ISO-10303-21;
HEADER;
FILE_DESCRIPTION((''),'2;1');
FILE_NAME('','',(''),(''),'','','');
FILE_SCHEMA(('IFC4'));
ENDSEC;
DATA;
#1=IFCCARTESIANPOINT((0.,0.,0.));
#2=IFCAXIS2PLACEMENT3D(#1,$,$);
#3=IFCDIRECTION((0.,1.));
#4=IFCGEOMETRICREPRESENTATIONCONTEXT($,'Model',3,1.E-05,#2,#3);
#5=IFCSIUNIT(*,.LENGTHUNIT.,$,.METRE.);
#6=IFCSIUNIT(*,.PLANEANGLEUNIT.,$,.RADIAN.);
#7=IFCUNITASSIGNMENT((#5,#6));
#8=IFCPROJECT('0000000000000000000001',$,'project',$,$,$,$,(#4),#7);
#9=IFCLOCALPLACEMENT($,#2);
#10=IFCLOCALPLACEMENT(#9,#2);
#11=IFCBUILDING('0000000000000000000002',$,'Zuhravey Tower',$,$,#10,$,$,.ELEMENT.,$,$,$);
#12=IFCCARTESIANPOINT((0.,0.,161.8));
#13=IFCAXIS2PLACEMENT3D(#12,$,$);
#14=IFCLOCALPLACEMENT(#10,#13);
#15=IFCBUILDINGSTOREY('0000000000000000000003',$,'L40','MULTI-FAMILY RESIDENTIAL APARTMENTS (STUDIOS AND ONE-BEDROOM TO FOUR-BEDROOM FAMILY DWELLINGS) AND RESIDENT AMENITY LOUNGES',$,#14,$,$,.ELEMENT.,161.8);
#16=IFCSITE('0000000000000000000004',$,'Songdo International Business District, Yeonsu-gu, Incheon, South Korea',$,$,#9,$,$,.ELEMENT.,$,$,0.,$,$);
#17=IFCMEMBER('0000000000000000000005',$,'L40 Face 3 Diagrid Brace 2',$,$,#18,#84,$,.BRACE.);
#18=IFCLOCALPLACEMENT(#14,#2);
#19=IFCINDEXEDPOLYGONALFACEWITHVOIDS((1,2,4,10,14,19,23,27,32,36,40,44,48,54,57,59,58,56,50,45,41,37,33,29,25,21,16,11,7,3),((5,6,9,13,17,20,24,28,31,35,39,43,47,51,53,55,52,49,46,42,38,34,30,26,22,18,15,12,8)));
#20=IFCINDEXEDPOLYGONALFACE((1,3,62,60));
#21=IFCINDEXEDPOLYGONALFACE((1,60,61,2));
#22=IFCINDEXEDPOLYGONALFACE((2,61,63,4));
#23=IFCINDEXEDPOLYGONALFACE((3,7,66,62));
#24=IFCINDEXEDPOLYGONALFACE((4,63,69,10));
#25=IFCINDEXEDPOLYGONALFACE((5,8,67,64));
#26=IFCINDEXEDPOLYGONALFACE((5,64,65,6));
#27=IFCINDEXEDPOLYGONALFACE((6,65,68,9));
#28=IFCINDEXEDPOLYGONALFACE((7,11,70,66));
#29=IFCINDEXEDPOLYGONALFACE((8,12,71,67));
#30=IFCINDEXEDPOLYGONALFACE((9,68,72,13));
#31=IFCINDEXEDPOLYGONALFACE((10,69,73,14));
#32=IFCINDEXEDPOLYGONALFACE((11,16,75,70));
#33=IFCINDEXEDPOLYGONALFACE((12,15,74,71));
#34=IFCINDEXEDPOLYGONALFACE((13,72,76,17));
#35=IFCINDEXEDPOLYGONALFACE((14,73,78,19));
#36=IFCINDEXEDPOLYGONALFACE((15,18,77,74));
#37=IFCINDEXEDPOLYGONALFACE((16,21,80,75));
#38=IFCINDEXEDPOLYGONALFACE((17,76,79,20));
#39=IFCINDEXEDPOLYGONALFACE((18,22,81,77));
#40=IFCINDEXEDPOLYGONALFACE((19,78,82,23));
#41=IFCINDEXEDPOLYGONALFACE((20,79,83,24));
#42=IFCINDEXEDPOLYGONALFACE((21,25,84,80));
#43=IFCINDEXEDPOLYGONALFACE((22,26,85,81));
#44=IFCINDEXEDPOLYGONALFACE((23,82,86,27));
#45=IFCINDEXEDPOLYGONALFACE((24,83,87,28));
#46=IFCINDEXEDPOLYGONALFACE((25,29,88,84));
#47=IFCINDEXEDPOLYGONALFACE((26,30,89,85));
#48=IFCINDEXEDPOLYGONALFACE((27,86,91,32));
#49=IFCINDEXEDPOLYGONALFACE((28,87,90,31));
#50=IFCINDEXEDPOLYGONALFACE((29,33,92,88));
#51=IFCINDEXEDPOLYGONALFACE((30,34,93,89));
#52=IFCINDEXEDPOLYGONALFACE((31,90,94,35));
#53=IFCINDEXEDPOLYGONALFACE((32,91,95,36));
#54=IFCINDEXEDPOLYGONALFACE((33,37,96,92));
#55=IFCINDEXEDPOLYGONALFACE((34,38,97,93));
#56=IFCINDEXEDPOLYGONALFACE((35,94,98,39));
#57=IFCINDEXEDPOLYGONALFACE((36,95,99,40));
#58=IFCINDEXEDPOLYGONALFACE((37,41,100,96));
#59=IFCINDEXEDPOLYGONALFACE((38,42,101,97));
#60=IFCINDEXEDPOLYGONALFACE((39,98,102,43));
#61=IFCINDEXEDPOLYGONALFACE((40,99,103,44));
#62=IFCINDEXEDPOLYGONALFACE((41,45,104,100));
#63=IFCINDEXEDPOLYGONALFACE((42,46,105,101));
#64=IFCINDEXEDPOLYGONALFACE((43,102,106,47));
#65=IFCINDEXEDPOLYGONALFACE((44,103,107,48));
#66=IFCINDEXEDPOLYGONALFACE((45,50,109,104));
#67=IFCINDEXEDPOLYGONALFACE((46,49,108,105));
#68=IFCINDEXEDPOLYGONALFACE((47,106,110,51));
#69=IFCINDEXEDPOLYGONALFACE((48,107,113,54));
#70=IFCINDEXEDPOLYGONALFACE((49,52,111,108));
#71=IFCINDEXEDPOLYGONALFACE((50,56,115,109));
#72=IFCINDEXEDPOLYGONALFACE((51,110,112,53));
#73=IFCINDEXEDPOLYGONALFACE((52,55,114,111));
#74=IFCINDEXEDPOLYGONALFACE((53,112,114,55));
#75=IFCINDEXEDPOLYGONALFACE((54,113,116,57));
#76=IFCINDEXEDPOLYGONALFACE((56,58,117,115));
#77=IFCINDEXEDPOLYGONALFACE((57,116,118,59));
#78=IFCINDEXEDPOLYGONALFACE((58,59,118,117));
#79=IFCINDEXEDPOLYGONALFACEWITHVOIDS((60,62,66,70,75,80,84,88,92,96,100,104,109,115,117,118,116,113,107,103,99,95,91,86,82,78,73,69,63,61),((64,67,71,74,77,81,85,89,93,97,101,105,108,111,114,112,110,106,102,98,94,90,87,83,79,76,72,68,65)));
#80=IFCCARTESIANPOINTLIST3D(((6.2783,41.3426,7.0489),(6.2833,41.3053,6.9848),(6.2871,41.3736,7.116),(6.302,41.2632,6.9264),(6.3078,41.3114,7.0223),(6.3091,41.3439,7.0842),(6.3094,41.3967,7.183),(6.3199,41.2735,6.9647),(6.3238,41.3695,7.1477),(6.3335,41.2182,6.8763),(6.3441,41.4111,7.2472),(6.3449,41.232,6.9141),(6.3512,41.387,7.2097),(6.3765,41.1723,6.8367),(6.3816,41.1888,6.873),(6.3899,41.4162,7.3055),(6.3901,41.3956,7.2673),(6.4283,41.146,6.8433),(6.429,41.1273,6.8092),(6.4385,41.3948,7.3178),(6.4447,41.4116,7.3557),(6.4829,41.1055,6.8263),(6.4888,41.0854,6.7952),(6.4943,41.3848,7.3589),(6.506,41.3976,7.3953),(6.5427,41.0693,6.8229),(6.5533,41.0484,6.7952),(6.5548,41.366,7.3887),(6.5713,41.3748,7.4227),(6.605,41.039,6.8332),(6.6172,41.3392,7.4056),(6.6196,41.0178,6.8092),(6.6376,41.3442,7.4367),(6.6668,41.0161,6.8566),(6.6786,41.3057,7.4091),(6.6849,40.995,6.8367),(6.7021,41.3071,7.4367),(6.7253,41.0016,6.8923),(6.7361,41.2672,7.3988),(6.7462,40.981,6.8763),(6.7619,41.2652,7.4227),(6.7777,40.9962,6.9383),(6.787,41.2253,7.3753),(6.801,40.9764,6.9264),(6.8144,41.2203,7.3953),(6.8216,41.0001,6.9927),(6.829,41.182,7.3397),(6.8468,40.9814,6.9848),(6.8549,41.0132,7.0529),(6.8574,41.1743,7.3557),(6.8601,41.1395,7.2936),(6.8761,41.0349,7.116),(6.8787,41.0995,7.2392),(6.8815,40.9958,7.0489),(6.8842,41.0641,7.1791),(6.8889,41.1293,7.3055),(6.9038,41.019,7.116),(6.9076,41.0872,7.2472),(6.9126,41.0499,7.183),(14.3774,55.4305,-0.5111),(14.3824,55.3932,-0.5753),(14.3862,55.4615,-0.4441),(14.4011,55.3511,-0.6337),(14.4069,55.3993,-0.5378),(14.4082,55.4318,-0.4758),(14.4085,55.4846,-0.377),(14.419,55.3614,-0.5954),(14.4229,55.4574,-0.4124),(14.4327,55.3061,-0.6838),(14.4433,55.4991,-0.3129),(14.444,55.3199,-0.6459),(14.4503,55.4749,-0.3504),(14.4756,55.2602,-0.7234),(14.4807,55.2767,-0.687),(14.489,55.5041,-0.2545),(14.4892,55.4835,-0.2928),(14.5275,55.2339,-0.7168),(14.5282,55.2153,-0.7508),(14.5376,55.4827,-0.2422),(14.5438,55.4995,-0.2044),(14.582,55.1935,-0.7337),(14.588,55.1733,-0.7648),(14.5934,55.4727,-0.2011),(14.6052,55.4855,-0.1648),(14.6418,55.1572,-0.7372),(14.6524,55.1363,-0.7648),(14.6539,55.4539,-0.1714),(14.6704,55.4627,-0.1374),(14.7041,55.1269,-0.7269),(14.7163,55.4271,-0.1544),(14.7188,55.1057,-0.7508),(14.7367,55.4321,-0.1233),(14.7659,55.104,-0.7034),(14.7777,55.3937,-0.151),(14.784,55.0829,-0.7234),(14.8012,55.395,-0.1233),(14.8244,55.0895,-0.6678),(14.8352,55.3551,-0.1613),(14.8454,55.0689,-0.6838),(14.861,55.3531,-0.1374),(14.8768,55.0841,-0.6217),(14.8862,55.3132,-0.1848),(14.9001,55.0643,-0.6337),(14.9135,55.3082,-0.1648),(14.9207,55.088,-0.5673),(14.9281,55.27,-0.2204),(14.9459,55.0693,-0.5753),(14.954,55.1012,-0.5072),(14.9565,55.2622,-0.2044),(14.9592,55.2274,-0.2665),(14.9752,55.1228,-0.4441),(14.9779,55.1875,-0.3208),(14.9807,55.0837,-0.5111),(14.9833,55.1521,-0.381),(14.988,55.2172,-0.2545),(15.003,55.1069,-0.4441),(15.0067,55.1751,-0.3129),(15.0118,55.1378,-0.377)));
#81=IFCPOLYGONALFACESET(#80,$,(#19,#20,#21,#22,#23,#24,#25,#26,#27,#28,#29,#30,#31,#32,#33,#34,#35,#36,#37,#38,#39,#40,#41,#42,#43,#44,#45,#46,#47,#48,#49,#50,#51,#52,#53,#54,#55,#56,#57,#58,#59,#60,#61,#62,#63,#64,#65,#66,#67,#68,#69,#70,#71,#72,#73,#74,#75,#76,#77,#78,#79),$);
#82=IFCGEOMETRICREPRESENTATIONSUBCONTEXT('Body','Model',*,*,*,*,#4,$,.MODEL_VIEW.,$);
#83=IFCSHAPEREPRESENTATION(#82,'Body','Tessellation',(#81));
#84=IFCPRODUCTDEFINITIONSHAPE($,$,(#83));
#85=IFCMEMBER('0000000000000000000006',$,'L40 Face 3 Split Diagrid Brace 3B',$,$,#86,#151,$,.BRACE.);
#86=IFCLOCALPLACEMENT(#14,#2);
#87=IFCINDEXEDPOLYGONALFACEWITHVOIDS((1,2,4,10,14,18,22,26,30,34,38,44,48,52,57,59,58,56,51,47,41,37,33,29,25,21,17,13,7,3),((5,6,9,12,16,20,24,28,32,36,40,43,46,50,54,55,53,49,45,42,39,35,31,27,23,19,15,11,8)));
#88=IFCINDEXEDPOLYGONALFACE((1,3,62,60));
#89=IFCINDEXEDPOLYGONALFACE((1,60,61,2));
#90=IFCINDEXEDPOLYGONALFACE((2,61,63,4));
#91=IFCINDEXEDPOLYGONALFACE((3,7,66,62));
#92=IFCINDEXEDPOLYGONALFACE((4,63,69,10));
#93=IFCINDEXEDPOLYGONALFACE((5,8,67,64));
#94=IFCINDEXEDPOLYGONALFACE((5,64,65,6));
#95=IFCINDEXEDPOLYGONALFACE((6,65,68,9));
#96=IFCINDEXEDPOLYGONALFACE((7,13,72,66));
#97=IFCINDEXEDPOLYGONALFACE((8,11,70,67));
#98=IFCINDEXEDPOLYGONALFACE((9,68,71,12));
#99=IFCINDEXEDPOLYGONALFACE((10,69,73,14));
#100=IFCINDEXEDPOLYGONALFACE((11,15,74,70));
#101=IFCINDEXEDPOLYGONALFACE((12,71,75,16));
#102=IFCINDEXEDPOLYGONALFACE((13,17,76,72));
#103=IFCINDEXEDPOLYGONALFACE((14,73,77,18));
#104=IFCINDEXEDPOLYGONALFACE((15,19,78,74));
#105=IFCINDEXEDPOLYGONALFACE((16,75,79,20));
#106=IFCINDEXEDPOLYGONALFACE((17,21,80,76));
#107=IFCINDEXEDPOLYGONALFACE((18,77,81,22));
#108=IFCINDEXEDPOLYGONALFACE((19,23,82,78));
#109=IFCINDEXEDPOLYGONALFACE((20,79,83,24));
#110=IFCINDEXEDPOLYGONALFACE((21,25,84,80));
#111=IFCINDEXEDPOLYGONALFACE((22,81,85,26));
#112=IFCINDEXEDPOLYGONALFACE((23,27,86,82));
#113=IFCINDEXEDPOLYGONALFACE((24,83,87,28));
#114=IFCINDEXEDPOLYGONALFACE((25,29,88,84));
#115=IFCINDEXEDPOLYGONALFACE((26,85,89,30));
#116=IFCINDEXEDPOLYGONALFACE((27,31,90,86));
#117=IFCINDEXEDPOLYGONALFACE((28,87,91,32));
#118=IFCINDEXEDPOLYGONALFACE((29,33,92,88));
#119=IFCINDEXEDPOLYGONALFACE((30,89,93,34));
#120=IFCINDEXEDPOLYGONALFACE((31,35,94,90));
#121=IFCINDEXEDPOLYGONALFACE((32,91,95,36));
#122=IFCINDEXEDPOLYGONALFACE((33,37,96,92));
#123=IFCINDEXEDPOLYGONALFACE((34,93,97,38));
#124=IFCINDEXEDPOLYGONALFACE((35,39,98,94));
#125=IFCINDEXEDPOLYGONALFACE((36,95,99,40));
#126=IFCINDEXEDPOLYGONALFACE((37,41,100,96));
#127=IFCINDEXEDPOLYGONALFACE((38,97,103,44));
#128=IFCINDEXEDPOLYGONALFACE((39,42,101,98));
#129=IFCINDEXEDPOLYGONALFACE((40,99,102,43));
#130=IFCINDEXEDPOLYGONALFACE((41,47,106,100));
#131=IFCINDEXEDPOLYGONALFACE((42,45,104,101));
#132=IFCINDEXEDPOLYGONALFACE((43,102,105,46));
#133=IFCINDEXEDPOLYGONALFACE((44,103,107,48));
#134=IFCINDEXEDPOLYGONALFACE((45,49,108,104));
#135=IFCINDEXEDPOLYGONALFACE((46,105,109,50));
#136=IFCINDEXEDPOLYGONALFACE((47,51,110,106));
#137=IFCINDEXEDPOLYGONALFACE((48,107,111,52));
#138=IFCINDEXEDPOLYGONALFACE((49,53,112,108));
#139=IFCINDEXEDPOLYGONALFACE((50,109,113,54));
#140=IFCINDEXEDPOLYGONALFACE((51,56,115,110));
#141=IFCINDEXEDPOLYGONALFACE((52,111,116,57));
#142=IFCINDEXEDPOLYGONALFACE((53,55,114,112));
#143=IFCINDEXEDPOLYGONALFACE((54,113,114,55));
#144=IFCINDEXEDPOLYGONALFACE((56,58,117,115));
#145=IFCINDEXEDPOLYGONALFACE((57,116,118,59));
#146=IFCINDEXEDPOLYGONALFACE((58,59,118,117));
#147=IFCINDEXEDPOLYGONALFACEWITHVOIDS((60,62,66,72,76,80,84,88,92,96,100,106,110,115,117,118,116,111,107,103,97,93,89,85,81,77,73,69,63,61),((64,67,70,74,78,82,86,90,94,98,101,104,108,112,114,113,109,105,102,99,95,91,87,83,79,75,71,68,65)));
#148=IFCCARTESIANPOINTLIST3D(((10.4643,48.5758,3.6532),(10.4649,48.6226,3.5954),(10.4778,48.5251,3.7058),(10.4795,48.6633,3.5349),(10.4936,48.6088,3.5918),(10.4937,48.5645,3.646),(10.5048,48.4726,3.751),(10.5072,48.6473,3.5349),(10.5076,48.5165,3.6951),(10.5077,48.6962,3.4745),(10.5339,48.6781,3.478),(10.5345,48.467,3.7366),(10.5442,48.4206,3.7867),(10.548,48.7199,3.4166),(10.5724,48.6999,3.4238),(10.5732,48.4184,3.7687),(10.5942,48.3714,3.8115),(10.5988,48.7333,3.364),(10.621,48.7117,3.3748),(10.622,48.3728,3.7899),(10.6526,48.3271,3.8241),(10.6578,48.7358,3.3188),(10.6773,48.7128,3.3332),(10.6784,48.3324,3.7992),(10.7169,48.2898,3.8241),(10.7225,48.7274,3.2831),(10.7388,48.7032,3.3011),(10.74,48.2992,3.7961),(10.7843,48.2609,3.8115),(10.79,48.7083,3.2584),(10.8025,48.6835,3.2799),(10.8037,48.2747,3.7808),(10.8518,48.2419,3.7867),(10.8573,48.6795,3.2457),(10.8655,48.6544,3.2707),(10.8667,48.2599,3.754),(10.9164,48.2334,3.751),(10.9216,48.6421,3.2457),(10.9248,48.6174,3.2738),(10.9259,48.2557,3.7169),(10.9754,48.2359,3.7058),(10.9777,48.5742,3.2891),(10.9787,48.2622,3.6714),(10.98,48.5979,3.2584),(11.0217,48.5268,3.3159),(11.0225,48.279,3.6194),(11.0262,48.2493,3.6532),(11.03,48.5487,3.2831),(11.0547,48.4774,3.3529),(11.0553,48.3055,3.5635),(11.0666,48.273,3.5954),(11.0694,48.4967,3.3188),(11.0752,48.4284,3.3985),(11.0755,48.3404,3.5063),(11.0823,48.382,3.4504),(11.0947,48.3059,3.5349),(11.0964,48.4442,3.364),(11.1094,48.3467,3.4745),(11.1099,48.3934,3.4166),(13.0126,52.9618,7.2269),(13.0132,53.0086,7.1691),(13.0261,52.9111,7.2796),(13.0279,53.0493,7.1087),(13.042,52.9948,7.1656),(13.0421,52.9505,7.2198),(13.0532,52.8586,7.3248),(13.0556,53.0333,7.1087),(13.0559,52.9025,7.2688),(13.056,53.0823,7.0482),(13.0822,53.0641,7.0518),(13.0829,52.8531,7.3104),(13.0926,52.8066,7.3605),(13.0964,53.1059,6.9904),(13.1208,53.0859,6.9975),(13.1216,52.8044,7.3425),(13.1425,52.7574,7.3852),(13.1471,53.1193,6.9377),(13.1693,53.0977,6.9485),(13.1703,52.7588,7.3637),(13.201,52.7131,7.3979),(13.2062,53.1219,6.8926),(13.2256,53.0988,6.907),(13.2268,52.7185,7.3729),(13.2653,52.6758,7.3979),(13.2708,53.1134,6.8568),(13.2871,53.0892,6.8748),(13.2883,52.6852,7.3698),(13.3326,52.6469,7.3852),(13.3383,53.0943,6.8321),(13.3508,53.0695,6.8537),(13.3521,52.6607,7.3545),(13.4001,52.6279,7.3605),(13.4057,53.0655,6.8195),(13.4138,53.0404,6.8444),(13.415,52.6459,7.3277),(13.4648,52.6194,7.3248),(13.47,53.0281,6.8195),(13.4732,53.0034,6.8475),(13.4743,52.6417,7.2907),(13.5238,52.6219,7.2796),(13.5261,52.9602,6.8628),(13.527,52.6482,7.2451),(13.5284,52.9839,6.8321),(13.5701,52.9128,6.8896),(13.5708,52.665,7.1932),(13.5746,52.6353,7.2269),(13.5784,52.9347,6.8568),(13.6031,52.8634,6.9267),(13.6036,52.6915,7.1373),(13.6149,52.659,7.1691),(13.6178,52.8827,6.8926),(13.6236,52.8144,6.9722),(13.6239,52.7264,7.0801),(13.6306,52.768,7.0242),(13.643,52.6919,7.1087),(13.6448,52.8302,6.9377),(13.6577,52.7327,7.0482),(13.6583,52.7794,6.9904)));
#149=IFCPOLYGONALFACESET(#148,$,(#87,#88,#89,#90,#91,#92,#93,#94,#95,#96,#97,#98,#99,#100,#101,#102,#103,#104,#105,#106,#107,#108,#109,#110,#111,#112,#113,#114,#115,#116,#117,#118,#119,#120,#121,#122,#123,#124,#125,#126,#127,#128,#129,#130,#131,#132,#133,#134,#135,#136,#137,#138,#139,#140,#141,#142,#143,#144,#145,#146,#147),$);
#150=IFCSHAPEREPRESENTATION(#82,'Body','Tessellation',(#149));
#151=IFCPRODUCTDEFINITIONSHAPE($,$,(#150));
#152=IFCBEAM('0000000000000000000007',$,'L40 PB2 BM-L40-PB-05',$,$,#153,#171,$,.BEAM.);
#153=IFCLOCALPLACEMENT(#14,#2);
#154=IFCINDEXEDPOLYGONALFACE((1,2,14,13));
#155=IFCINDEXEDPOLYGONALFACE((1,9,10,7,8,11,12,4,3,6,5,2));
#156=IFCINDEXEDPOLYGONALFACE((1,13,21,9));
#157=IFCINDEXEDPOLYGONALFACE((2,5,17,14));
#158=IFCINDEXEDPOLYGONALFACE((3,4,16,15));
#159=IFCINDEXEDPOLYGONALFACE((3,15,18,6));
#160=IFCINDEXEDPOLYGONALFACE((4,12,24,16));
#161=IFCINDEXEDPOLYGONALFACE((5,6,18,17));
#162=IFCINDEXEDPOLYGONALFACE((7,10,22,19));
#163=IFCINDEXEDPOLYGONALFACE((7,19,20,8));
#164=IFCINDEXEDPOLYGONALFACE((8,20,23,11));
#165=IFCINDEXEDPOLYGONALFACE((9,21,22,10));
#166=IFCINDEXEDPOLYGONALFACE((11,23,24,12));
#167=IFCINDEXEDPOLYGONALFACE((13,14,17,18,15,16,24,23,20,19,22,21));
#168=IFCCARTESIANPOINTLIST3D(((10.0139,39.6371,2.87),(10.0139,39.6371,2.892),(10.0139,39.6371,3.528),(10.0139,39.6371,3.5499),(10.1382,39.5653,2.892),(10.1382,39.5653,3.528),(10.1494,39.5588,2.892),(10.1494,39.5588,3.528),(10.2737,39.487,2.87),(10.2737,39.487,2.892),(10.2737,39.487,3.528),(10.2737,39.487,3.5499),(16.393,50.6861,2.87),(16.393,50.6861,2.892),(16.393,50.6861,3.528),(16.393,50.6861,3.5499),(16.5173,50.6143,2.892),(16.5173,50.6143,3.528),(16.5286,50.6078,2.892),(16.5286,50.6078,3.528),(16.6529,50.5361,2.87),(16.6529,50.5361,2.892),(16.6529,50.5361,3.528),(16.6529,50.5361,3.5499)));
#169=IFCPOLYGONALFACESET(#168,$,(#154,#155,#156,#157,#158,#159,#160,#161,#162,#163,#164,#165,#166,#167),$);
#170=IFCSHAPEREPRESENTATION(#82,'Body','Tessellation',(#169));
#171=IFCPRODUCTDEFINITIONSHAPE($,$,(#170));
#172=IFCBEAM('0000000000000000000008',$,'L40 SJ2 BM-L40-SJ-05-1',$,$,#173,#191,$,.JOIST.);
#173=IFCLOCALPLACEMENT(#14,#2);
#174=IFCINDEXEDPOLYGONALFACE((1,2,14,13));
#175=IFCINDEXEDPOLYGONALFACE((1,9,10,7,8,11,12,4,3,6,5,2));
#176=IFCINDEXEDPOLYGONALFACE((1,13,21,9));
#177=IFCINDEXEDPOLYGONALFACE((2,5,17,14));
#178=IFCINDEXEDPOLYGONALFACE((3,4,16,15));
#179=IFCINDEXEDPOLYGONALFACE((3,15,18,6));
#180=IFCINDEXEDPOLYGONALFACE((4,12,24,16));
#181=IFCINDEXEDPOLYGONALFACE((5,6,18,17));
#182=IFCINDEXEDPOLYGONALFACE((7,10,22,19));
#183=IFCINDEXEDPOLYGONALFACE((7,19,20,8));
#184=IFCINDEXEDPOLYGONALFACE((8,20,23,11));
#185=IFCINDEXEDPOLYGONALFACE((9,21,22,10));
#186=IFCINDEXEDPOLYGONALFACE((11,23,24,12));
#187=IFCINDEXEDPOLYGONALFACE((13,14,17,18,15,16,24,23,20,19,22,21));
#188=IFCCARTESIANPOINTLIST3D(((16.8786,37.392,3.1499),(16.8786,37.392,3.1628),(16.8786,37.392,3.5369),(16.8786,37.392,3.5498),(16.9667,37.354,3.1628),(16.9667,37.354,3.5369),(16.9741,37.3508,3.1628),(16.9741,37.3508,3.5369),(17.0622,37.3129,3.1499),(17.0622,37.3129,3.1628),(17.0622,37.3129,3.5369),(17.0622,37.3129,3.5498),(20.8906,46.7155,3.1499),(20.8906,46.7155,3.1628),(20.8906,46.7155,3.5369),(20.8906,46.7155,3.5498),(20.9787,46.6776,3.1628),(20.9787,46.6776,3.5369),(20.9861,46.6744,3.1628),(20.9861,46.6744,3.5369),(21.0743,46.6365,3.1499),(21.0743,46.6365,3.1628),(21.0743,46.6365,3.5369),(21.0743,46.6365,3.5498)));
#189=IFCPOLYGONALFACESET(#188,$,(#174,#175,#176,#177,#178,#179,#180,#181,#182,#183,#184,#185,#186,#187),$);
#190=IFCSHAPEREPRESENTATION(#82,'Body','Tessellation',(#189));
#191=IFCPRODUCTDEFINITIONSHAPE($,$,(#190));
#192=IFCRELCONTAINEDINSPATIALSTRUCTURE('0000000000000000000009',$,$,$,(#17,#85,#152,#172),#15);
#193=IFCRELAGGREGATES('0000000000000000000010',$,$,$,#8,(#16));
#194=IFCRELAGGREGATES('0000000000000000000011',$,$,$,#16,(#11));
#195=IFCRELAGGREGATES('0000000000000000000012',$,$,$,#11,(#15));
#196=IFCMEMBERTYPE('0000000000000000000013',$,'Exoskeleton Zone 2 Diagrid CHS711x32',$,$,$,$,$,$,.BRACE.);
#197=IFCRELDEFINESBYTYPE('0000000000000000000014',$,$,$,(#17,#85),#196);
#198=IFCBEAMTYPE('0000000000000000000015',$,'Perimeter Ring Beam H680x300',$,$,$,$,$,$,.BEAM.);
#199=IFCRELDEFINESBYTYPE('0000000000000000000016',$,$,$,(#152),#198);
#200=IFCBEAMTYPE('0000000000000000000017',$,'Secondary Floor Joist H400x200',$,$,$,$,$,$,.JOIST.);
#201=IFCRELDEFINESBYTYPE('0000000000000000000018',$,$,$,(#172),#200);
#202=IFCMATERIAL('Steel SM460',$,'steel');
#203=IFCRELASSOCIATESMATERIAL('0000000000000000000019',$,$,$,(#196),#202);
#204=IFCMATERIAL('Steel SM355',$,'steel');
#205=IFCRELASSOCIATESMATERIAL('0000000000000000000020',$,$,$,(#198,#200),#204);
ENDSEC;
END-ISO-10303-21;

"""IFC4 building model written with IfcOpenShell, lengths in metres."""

from ifc_helpers import new_model, si_unit, direction, frame, origin, origin_2d, place, context, subcontext, project, spatial, hollow_circle, i_section, extrude, material, material_profile, profile_set, type_object, element, save


model = new_model("IFC4")

# Units and contexts
model_context = context("Model", 3, precision=1e-05, world=origin(), true_north=direction((0.0, 1.0)))
body_context = subcontext(model_context, "Body", "Model", "MODEL_VIEW")
ifc_project = project(units=[si_unit("LENGTHUNIT", "METRE"), si_unit("PLANEANGLEUNIT", "RADIAN")], contexts=[model_context])

# Site, building, storey
site_placement = place(None, origin())
site = spatial("IfcSite", under=ifc_project, at=site_placement, Name="Songdo International Business District, Yeonsu-gu, Incheon, South Korea", CompositionType="ELEMENT", RefElevation=0.0)
building_placement = place(site_placement, origin())
building = spatial("IfcBuilding", under=site, at=building_placement, Name="Zuhravey Tower", CompositionType="ELEMENT")
storey_placement = place(building_placement, frame((0.0, 0.0, 161.8)))
storey = spatial("IfcBuildingStorey", under=building, at=storey_placement, Name="L40", Description="MULTI-FAMILY RESIDENTIAL APARTMENTS (STUDIOS AND ONE-BEDROOM TO FOUR-BEDROOM FAMILY DWELLINGS) AND RESIDENT AMENITY LOUNGES", CompositionType="ELEMENT", Elevation=161.8)

# Members
ifc_material_1 = material(Name="Steel SM355", Category="steel")
ifc_material_2 = material(Name="Steel SM460", Category="steel")
ifc_material_profile_1 = material_profile(ifc_material_2, hollow_circle(Radius=0.3557, WallThickness=0.032, at=origin_2d()), Name="CHS-711.2x32")
ifc_profile_set_1 = profile_set([ifc_material_profile_1], Name="Steel SM460")
member_type_1 = type_object("IfcMemberType", Name="Exoskeleton Zone 2 Diagrid CHS711x32", PredefinedType="BRACE", material=ifc_profile_set_1)
member_1_placement = place(storey_placement, frame((14.6946, 55.2842, -0.4441), z_axis=(-0.451895, -0.786041, 0.421818), x_axis=(0.866944, -0.498406, 0.0)))
element("IfcMember", 1, at=member_1_placement, inside=storey, type_object=member_type_1, Name="L40 Face 3 Diagrid Brace 2", PredefinedType="BRACE", context=body_context, shape_type="SweptSolid", body=[
    extrude(hollow_circle(Radius=0.3557, WallThickness=0.032, at=origin_2d()), origin(), (0.0, 0.0, 1.0), 17.9226),
])
member_2_placement = place(storey_placement, frame((10.7871, 48.4846, 3.5349), z_axis=(0.410689, 0.706843, 0.57594), x_axis=(-0.864649, 0.502377, 0.0)))
element("IfcMember", 2, at=member_2_placement, inside=storey, type_object=member_type_1, Name="L40 Face 3 Split Diagrid Brace 3B", PredefinedType="BRACE", context=body_context, shape_type="SweptSolid", body=[
    extrude(hollow_circle(Radius=0.3557, WallThickness=0.032, at=origin_2d()), origin(), (0.0, 0.0, 1.0), 6.2051),
])

# Beams
ifc_material_profile_2 = material_profile(ifc_material_1, i_section(OverallWidth=0.3, OverallDepth=0.6799, WebThickness=0.0129, FlangeThickness=0.022, at=origin_2d()), Name="H-680x300x13x22")
ifc_profile_set_2 = profile_set([ifc_material_profile_2], Name="Steel SM355")
beam_type_1 = type_object("IfcBeamType", Name="Perimeter Ring Beam H680x300", PredefinedType="BEAM", material=ifc_profile_set_2)
beam_1_placement = place(storey_placement, frame((16.5229, 50.6111, 3.21), z_axis=(-0.499998, -0.866027, 0.0), x_axis=(0.866027, -0.499998, 0.0)))
element("IfcBeam", 3, at=beam_1_placement, inside=storey, type_object=beam_type_1, Name="L40 PB2 BM-L40-PB-05", PredefinedType="BEAM", context=body_context, shape_type="SweptSolid", body=[
    extrude(i_section(OverallWidth=0.3, OverallDepth=0.6799, WebThickness=0.0129, FlangeThickness=0.022, at=origin_2d()), origin(), (0.0, 0.0, 1.0), 12.7583),
])
ifc_material_profile_3 = material_profile(ifc_material_1, i_section(OverallWidth=0.2, OverallDepth=0.3999, WebThickness=0.0081, FlangeThickness=0.0129, at=origin_2d()), Name="H-400x200x8x13")
ifc_profile_set_3 = profile_set([ifc_material_profile_3], Name="Steel SM355")
beam_type_2 = type_object("IfcBeamType", Name="Secondary Floor Joist H400x200", PredefinedType="JOIST", material=ifc_profile_set_3)
beam_2_placement = place(storey_placement, frame((20.9824, 46.676, 3.3499), z_axis=(-0.395266, -0.918567, 0.0), x_axis=(0.918567, -0.395266, 0.0)))
element("IfcBeam", 4, at=beam_2_placement, inside=storey, type_object=beam_type_2, Name="L40 SJ2 BM-L40-SJ-05-1", PredefinedType="JOIST", context=body_context, shape_type="SweptSolid", body=[
    extrude(i_section(OverallWidth=0.2, OverallDepth=0.3999, WebThickness=0.0081, FlangeThickness=0.0129, at=origin_2d()), origin(), (0.0, 0.0, 1.0), 10.1501),
])

save(model, "model.ifc")
